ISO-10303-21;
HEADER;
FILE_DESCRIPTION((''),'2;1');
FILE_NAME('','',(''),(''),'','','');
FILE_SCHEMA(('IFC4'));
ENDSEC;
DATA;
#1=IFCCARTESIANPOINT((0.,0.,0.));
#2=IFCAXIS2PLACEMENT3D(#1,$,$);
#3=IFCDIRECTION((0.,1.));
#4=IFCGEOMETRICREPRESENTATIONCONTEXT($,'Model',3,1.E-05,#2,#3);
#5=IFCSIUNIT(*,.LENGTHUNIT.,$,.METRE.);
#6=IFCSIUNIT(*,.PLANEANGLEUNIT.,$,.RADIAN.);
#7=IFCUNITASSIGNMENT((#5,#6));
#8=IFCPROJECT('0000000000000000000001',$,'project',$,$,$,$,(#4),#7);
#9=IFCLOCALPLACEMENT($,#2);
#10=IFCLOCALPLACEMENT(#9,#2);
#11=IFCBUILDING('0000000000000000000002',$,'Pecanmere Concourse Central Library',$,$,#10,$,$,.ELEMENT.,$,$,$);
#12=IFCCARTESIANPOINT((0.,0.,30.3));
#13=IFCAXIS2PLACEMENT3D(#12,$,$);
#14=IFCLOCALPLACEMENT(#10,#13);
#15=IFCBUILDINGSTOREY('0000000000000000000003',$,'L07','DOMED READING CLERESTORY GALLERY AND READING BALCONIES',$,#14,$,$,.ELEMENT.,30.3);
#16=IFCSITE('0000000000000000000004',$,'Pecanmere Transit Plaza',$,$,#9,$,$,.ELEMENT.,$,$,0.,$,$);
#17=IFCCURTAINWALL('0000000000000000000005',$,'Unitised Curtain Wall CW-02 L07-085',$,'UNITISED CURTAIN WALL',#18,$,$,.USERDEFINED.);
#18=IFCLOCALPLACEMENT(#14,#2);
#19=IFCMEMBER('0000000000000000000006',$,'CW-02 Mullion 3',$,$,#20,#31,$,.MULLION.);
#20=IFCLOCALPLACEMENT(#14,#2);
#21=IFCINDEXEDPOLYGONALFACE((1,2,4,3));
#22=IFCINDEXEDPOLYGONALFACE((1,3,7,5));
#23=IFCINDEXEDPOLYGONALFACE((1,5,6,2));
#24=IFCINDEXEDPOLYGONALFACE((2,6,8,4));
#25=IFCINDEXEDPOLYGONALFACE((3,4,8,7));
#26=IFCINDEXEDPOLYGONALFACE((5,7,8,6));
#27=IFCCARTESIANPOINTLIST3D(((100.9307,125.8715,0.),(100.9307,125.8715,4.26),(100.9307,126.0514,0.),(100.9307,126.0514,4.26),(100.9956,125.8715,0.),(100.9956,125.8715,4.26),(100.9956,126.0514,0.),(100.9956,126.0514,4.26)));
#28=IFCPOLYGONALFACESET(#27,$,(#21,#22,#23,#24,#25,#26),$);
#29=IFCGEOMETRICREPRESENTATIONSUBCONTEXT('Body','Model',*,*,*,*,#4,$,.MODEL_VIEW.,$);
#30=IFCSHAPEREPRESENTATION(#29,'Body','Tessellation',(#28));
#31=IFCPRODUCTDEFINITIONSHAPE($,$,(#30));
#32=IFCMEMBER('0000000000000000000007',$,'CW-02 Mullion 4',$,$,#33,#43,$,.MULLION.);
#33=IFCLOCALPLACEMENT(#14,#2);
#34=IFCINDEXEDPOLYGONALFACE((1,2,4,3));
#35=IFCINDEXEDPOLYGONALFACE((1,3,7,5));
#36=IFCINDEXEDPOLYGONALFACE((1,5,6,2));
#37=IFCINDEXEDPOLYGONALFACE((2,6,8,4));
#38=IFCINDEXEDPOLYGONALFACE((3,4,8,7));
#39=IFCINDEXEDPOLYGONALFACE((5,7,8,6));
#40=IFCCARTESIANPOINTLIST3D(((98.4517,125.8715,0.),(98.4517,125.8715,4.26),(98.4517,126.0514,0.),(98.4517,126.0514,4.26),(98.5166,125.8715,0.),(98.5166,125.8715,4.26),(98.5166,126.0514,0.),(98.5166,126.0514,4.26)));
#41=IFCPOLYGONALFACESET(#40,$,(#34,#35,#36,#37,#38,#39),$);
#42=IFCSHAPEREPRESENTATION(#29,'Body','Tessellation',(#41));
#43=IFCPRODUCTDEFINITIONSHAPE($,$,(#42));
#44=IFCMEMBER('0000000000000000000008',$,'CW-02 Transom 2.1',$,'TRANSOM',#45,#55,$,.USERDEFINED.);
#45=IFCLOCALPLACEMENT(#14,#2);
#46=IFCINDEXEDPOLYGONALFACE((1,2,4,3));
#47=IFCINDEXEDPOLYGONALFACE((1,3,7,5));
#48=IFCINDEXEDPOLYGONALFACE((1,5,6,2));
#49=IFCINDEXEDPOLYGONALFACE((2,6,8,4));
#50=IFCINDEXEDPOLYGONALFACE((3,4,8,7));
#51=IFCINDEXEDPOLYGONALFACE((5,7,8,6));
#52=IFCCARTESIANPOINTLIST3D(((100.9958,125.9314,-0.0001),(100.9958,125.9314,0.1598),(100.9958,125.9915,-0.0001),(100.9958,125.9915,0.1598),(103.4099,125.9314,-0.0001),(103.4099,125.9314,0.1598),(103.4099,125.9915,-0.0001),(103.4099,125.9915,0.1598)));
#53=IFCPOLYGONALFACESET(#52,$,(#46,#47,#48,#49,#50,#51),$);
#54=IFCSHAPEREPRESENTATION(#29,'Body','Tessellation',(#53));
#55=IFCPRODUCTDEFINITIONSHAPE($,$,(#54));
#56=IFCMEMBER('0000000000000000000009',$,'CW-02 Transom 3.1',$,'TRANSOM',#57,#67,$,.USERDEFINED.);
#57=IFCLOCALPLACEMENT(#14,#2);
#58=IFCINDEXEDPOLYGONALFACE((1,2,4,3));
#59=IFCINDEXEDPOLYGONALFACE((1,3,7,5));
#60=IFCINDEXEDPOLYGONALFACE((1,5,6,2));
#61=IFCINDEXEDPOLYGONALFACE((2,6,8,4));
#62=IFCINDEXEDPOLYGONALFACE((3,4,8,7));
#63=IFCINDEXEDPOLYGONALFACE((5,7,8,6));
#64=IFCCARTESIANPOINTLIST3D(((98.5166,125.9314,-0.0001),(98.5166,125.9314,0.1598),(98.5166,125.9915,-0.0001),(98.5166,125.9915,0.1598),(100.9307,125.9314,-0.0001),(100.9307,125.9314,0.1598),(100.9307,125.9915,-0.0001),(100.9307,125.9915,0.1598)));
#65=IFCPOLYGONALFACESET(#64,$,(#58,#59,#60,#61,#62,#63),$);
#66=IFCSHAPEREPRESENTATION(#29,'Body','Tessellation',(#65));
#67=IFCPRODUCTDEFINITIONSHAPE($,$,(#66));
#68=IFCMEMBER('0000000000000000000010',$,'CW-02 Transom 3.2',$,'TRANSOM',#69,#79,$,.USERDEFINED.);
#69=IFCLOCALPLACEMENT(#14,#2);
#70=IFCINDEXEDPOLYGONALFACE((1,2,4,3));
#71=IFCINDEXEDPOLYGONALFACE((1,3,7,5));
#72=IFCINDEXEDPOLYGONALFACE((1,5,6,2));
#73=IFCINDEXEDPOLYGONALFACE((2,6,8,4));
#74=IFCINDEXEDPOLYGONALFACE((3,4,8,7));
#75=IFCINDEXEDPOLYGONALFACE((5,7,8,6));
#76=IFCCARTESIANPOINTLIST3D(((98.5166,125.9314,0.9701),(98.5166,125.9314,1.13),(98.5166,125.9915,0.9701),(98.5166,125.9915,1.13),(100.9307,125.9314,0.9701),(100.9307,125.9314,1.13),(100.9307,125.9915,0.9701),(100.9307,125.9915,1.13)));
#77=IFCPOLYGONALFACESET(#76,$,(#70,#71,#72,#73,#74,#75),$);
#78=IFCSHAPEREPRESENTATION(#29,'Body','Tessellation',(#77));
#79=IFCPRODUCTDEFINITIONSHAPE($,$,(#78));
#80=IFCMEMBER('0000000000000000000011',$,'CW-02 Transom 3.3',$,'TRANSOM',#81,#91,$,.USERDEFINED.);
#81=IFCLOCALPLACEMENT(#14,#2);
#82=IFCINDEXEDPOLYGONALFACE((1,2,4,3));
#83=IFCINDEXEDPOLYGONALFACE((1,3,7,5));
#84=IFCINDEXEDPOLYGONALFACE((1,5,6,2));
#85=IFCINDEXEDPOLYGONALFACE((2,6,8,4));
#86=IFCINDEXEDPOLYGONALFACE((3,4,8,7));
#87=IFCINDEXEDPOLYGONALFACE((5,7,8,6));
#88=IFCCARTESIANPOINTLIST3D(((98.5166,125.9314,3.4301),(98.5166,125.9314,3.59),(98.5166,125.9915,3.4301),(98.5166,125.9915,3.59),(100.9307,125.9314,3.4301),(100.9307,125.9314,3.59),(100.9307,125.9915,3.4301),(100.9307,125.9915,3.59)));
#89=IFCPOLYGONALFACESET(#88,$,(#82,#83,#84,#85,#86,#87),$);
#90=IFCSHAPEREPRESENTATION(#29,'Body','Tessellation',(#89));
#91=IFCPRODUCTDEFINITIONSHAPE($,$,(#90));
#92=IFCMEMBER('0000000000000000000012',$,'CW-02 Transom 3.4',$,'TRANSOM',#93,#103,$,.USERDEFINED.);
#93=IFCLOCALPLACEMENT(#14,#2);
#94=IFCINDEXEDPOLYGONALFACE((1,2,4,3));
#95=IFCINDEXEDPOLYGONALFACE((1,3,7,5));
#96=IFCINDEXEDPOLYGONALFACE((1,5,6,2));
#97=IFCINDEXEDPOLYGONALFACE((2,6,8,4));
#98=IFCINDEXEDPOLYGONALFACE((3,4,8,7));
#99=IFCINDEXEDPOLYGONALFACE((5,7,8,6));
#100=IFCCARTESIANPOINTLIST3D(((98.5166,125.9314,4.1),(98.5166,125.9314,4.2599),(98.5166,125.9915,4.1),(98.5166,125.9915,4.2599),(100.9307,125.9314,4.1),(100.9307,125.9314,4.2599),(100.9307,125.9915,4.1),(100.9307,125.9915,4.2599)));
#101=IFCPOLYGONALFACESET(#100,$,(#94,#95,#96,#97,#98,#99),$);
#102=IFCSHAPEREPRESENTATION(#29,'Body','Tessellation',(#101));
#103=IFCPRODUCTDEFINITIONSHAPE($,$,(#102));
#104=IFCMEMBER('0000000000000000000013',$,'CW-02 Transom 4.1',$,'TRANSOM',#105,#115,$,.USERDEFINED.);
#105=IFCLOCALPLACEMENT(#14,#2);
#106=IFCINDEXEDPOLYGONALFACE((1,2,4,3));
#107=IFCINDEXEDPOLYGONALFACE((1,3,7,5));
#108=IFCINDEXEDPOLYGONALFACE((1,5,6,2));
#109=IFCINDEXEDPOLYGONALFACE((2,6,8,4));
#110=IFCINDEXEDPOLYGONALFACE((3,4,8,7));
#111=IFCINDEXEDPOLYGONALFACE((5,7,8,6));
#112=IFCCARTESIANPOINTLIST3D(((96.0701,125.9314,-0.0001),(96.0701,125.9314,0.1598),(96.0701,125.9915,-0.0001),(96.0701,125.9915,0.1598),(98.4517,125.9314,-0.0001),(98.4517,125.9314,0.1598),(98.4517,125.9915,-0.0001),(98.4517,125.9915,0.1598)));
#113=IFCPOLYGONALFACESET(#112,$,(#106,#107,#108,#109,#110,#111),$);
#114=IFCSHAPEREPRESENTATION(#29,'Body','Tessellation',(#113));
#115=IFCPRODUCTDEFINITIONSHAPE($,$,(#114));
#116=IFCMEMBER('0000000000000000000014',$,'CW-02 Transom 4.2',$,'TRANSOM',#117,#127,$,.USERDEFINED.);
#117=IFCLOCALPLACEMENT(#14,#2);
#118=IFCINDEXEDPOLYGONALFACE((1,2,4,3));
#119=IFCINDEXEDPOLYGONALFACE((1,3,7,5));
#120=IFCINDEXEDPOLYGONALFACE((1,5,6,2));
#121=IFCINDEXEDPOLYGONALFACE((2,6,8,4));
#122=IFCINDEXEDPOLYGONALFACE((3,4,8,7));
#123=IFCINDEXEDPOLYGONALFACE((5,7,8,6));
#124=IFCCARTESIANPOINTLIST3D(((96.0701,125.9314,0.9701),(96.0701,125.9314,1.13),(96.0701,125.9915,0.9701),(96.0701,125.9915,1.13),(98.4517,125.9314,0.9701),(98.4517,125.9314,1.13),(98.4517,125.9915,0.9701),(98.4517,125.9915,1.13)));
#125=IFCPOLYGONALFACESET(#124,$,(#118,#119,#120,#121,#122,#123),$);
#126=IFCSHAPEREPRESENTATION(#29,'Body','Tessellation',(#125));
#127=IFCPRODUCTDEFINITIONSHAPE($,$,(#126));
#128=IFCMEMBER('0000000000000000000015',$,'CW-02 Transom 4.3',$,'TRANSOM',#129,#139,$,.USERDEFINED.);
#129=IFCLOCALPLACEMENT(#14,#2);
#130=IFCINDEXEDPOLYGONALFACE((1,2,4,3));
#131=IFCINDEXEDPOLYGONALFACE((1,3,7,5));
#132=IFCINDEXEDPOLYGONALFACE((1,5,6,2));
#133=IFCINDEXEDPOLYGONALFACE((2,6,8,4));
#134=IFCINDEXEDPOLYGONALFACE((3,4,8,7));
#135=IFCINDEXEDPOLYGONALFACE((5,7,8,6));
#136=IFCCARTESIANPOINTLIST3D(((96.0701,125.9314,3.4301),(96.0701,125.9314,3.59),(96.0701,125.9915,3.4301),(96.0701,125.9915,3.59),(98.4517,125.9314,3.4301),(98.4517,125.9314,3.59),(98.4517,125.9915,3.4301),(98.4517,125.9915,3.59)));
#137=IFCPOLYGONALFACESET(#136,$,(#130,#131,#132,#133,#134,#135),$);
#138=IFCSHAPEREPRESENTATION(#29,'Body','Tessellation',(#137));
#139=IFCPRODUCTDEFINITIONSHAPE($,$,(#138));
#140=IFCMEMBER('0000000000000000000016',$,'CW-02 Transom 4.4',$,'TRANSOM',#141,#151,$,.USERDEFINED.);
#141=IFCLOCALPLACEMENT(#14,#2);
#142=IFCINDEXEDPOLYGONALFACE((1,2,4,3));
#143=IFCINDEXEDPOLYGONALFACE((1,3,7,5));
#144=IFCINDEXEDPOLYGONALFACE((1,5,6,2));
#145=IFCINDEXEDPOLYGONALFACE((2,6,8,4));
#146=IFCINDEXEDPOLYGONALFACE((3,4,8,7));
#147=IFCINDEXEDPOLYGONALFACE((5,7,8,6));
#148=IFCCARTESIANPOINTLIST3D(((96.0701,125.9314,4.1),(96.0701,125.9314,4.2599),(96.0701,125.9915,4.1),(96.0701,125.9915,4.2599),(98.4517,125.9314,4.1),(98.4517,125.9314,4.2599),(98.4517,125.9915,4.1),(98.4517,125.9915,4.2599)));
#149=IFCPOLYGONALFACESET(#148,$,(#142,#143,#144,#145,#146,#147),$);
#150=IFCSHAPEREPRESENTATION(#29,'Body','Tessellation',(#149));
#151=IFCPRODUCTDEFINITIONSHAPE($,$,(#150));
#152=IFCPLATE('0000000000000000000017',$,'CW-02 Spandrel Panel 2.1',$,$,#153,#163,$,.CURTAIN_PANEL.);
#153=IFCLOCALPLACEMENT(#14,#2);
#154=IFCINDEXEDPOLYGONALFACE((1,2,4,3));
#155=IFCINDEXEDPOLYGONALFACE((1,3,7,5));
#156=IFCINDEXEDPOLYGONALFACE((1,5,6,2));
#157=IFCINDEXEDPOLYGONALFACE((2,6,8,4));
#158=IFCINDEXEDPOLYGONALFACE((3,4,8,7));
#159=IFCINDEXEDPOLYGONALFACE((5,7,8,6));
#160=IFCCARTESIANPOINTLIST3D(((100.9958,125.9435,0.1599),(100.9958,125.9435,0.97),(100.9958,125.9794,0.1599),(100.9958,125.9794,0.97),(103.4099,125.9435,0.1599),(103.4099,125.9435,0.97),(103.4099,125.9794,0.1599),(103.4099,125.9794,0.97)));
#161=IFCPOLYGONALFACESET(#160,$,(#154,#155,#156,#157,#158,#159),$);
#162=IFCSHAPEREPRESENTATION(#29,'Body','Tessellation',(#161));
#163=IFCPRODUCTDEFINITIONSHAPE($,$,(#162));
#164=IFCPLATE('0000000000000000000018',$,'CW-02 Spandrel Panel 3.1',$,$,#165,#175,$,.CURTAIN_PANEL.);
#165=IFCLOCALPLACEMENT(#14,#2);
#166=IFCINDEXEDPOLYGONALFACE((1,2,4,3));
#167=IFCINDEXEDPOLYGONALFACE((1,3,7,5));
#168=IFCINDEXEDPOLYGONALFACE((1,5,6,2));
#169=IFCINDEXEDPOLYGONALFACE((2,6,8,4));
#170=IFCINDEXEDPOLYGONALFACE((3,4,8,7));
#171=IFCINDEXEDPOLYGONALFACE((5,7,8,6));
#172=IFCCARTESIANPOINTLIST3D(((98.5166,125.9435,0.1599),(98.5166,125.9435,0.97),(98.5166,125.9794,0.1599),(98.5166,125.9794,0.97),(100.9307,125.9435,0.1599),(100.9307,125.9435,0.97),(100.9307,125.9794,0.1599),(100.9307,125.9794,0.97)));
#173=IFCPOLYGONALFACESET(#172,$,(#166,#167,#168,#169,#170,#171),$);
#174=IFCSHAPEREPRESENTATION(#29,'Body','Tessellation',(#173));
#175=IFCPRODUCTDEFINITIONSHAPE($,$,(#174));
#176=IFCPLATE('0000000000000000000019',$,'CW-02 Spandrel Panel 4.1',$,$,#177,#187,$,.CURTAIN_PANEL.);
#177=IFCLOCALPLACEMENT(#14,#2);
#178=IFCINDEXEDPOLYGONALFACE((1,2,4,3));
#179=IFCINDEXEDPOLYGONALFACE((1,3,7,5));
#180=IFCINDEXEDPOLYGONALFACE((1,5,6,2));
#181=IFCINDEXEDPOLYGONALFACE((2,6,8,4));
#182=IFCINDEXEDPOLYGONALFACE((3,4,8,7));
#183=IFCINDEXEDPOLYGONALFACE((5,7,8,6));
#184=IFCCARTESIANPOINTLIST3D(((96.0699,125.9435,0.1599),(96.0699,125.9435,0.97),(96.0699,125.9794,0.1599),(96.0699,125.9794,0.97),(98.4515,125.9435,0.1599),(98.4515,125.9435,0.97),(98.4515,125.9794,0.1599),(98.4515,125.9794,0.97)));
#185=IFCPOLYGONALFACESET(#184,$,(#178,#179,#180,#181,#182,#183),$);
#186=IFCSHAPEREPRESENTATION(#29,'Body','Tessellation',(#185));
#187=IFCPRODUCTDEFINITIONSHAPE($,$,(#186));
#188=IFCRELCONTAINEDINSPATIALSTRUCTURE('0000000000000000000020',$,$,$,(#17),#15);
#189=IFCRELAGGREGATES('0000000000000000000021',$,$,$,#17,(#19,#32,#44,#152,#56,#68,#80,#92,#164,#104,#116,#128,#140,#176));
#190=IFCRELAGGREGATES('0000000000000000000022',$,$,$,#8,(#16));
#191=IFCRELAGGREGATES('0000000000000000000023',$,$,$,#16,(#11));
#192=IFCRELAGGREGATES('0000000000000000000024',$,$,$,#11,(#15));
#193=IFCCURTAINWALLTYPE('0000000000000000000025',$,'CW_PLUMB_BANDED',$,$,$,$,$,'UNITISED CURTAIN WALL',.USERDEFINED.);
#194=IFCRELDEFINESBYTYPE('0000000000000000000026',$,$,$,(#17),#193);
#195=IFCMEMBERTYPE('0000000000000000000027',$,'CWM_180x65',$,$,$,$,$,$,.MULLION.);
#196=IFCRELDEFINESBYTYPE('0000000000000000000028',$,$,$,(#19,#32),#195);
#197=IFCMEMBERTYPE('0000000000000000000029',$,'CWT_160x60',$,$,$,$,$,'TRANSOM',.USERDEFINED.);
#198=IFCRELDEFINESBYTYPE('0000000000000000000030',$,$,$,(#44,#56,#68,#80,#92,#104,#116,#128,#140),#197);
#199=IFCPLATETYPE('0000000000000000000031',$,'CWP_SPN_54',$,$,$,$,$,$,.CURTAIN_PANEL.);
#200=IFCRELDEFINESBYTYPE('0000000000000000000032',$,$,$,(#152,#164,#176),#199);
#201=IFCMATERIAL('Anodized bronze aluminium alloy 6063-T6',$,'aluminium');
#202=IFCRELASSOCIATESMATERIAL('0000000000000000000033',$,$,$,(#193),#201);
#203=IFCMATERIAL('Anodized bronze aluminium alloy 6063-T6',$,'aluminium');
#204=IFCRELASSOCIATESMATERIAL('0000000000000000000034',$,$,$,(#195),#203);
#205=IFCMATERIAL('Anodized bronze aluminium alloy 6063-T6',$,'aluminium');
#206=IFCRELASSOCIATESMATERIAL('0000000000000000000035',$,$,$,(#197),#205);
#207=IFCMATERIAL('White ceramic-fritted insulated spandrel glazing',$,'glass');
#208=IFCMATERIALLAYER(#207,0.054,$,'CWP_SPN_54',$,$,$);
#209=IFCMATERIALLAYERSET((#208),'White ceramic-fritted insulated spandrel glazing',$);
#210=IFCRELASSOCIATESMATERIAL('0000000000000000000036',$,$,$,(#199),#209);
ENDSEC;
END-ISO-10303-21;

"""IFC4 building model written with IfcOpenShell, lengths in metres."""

from ifc_helpers import new_model, si_unit, direction, frame, origin, origin_2d, place, context, subcontext, project, spatial, rectangle, extrude, material, layer, layer_set, material_profile, profile_set, type_object, element, aggregate, save


model = new_model("IFC4")

# Units and contexts
model_context = context("Model", 3, precision=1e-05, world=origin(), true_north=direction((0.0, 1.0)))
body_context = subcontext(model_context, "Body", "Model", "MODEL_VIEW")
ifc_project = project(units=[si_unit("LENGTHUNIT", "METRE"), si_unit("PLANEANGLEUNIT", "RADIAN")], contexts=[model_context])

# Site, building, storey
site_placement = place(None, origin())
site = spatial("IfcSite", under=ifc_project, at=site_placement, Name="Pecanmere Transit Plaza", CompositionType="ELEMENT", RefElevation=0.0)
building_placement = place(site_placement, origin())
building = spatial("IfcBuilding", under=site, at=building_placement, Name="Pecanmere Concourse Central Library", CompositionType="ELEMENT")
storey_placement = place(building_placement, frame((0.0, 0.0, 30.3)))
storey = spatial("IfcBuildingStorey", under=building, at=storey_placement, Name="L07", Description="DOMED READING CLERESTORY GALLERY AND READING BALCONIES", CompositionType="ELEMENT", Elevation=30.3)

# Curtain wall, members, plates
ifc_material_1 = material(Name="Anodized bronze aluminium alloy 6063-T6", Category="aluminium")
curtain_wall_type = type_object("IfcCurtainWallType", Name="CW_PLUMB_BANDED", ElementType="UNITISED CURTAIN WALL", PredefinedType="USERDEFINED", material=ifc_material_1)
curtain_wall_placement = place(storey_placement, origin())
curtain_wall = element("IfcCurtainWall", 1, at=curtain_wall_placement, inside=storey, type_object=curtain_wall_type, Name="Unitised Curtain Wall CW-02 L07-085", ObjectType="UNITISED CURTAIN WALL", PredefinedType="USERDEFINED")
ifc_material_2 = material(Name="Anodized bronze aluminium alloy 6063-T6", Category="aluminium")
ifc_material_profile_1 = material_profile(ifc_material_2, rectangle(XDim=0.0649, YDim=0.1799, at=origin_2d()), Name="AL 65x180")
ifc_profile_set_1 = profile_set([ifc_material_profile_1], Name="Anodized bronze aluminium alloy 6063-T6")
member_type_1 = type_object("IfcMemberType", Name="CWM_180x65", PredefinedType="MULLION", material=ifc_profile_set_1)
member_1_placement = place(storey_placement, frame((100.9631, 125.9614, 0.0), z_axis=(0.0, 0.0, 1.0), x_axis=(-1.0, 0.0, 0.0)))
member_1 = element("IfcMember", 2, at=member_1_placement, type_object=member_type_1, Name="CW-02 Mullion 3", PredefinedType="MULLION", context=body_context, shape_type="SweptSolid", body=[
    extrude(rectangle(XDim=0.0649, YDim=0.1799, at=origin_2d()), origin(), (0.0, 0.0, 1.0), 4.26),
])
member_2_placement = place(storey_placement, frame((98.4841, 125.9614, 0.0), z_axis=(0.0, 0.0, 1.0), x_axis=(-1.0, 0.0, 0.0)))
member_2 = element("IfcMember", 3, at=member_2_placement, type_object=member_type_1, Name="CW-02 Mullion 4", PredefinedType="MULLION", context=body_context, shape_type="SweptSolid", body=[
    extrude(rectangle(XDim=0.0649, YDim=0.1799, at=origin_2d()), origin(), (0.0, 0.0, 1.0), 4.26),
])
ifc_material_3 = material(Name="Anodized bronze aluminium alloy 6063-T6", Category="aluminium")
ifc_material_profile_2 = material_profile(ifc_material_3, rectangle(XDim=0.0601, YDim=0.1599, at=origin_2d()), Name="AL 60x160")
ifc_profile_set_2 = profile_set([ifc_material_profile_2], Name="Anodized bronze aluminium alloy 6063-T6")
member_type_2 = type_object("IfcMemberType", Name="CWT_160x60", ElementType="TRANSOM", PredefinedType="USERDEFINED", material=ifc_profile_set_2)
member_3_placement = place(storey_placement, frame((103.4099, 125.9614, 0.0798), z_axis=(-1.0, 0.0, 0.0), x_axis=(0.0, -1.0, 0.0)))
member_3 = element("IfcMember", 4, at=member_3_placement, type_object=member_type_2, Name="CW-02 Transom 2.1", ObjectType="TRANSOM", PredefinedType="USERDEFINED", context=body_context, shape_type="SweptSolid", body=[
    extrude(rectangle(XDim=0.0601, YDim=0.1599, at=origin_2d()), origin(), (0.0, 0.0, 1.0), 2.4141),
])
member_4_placement = place(storey_placement, frame((100.9307, 125.9614, 0.0798), z_axis=(-1.0, 0.0, 0.0), x_axis=(0.0, -1.0, 0.0)))
member_4 = element("IfcMember", 5, at=member_4_placement, type_object=member_type_2, Name="CW-02 Transom 3.1", ObjectType="TRANSOM", PredefinedType="USERDEFINED", context=body_context, shape_type="SweptSolid", body=[
    extrude(rectangle(XDim=0.0601, YDim=0.1599, at=origin_2d()), origin(), (0.0, 0.0, 1.0), 2.4141),
])
member_5_placement = place(storey_placement, frame((100.9307, 125.9614, 1.05), z_axis=(-1.0, 0.0, 0.0), x_axis=(0.0, -1.0, 0.0)))
member_5 = element("IfcMember", 6, at=member_5_placement, type_object=member_type_2, Name="CW-02 Transom 3.2", ObjectType="TRANSOM", PredefinedType="USERDEFINED", context=body_context, shape_type="SweptSolid", body=[
    extrude(rectangle(XDim=0.0601, YDim=0.1599, at=origin_2d()), origin(), (0.0, 0.0, 1.0), 2.4141),
])
member_6_placement = place(storey_placement, frame((100.9307, 125.9614, 3.51), z_axis=(-1.0, 0.0, 0.0), x_axis=(0.0, -1.0, 0.0)))
member_6 = element("IfcMember", 7, at=member_6_placement, type_object=member_type_2, Name="CW-02 Transom 3.3", ObjectType="TRANSOM", PredefinedType="USERDEFINED", context=body_context, shape_type="SweptSolid", body=[
    extrude(rectangle(XDim=0.0601, YDim=0.1599, at=origin_2d()), origin(), (0.0, 0.0, 1.0), 2.4141),
])
member_7_placement = place(storey_placement, frame((100.9307, 125.9614, 4.1799), z_axis=(-1.0, 0.0, 0.0), x_axis=(0.0, -1.0, 0.0)))
member_7 = element("IfcMember", 8, at=member_7_placement, type_object=member_type_2, Name="CW-02 Transom 3.4", ObjectType="TRANSOM", PredefinedType="USERDEFINED", context=body_context, shape_type="SweptSolid", body=[
    extrude(rectangle(XDim=0.0601, YDim=0.1599, at=origin_2d()), origin(), (0.0, 0.0, 1.0), 2.4141),
])
member_8_placement = place(storey_placement, frame((98.4517, 125.9614, 0.0798), z_axis=(-1.0, 0.0, 0.0), x_axis=(0.0, -1.0, 0.0)))
member_8 = element("IfcMember", 9, at=member_8_placement, type_object=member_type_2, Name="CW-02 Transom 4.1", ObjectType="TRANSOM", PredefinedType="USERDEFINED", context=body_context, shape_type="SweptSolid", body=[
    extrude(rectangle(XDim=0.0601, YDim=0.1599, at=origin_2d()), origin(), (0.0, 0.0, 1.0), 2.3816),
])
member_9_placement = place(storey_placement, frame((98.4517, 125.9614, 1.05), z_axis=(-1.0, 0.0, 0.0), x_axis=(0.0, -1.0, 0.0)))
member_9 = element("IfcMember", 10, at=member_9_placement, type_object=member_type_2, Name="CW-02 Transom 4.2", ObjectType="TRANSOM", PredefinedType="USERDEFINED", context=body_context, shape_type="SweptSolid", body=[
    extrude(rectangle(XDim=0.0601, YDim=0.1599, at=origin_2d()), origin(), (0.0, 0.0, 1.0), 2.3816),
])
member_10_placement = place(storey_placement, frame((98.4517, 125.9614, 3.51), z_axis=(-1.0, 0.0, 0.0), x_axis=(0.0, -1.0, 0.0)))
member_10 = element("IfcMember", 11, at=member_10_placement, type_object=member_type_2, Name="CW-02 Transom 4.3", ObjectType="TRANSOM", PredefinedType="USERDEFINED", context=body_context, shape_type="SweptSolid", body=[
    extrude(rectangle(XDim=0.0601, YDim=0.1599, at=origin_2d()), origin(), (0.0, 0.0, 1.0), 2.3816),
])
member_11_placement = place(storey_placement, frame((98.4517, 125.9614, 4.1799), z_axis=(-1.0, 0.0, 0.0), x_axis=(0.0, -1.0, 0.0)))
member_11 = element("IfcMember", 12, at=member_11_placement, type_object=member_type_2, Name="CW-02 Transom 4.4", ObjectType="TRANSOM", PredefinedType="USERDEFINED", context=body_context, shape_type="SweptSolid", body=[
    extrude(rectangle(XDim=0.0601, YDim=0.1599, at=origin_2d()), origin(), (0.0, 0.0, 1.0), 2.3816),
])
ifc_material_4 = material(Name="White ceramic-fritted insulated spandrel glazing", Category="glass")
ifc_layer_1 = layer(ifc_material_4, 0.054, Name="CWP_SPN_54")
ifc_layer_set_1 = layer_set([ifc_layer_1], Name="White ceramic-fritted insulated spandrel glazing")
plate_type_1 = type_object("IfcPlateType", Name="CWP_SPN_54", PredefinedType="CURTAIN_PANEL", material=ifc_layer_set_1)
plate_1_placement = place(storey_placement, frame((102.2029, 125.9614, 0.1599), z_axis=(0.0, 0.0, 1.0), x_axis=(-1.0, 0.0, 0.0)))
plate_1 = element("IfcPlate", 13, at=plate_1_placement, type_object=plate_type_1, Name="CW-02 Spandrel Panel 2.1", PredefinedType="CURTAIN_PANEL", context=body_context, shape_type="SweptSolid", body=[
    extrude(rectangle(XDim=2.4141, YDim=0.0359, at=origin_2d()), origin(), (0.0, 0.0, 1.0), 0.8101),
])
plate_2_placement = place(storey_placement, frame((99.7236, 125.9614, 0.1599), z_axis=(0.0, 0.0, 1.0), x_axis=(-1.0, 0.0, 0.0)))
plate_2 = element("IfcPlate", 14, at=plate_2_placement, type_object=plate_type_1, Name="CW-02 Spandrel Panel 3.1", PredefinedType="CURTAIN_PANEL", context=body_context, shape_type="SweptSolid", body=[
    extrude(rectangle(XDim=2.4141, YDim=0.0359, at=origin_2d()), origin(), (0.0, 0.0, 1.0), 0.8101),
])
plate_3_placement = place(storey_placement, frame((97.2607, 125.9614, 0.1599), z_axis=(0.0, 0.0, 1.0), x_axis=(-1.0, 0.0, 0.0)))
plate_3 = element("IfcPlate", 15, at=plate_3_placement, type_object=plate_type_1, Name="CW-02 Spandrel Panel 4.1", PredefinedType="CURTAIN_PANEL", context=body_context, shape_type="SweptSolid", body=[
    extrude(rectangle(XDim=2.3816, YDim=0.0359, at=origin_2d()), origin(), (0.0, 0.0, 1.0), 0.8101),
])
aggregate(curtain_wall, [member_1, member_2, member_3, plate_1, member_4, member_5, member_6, member_7, plate_2, member_8, member_9, member_10, member_11, plate_3])

save(model, "model.ifc")
